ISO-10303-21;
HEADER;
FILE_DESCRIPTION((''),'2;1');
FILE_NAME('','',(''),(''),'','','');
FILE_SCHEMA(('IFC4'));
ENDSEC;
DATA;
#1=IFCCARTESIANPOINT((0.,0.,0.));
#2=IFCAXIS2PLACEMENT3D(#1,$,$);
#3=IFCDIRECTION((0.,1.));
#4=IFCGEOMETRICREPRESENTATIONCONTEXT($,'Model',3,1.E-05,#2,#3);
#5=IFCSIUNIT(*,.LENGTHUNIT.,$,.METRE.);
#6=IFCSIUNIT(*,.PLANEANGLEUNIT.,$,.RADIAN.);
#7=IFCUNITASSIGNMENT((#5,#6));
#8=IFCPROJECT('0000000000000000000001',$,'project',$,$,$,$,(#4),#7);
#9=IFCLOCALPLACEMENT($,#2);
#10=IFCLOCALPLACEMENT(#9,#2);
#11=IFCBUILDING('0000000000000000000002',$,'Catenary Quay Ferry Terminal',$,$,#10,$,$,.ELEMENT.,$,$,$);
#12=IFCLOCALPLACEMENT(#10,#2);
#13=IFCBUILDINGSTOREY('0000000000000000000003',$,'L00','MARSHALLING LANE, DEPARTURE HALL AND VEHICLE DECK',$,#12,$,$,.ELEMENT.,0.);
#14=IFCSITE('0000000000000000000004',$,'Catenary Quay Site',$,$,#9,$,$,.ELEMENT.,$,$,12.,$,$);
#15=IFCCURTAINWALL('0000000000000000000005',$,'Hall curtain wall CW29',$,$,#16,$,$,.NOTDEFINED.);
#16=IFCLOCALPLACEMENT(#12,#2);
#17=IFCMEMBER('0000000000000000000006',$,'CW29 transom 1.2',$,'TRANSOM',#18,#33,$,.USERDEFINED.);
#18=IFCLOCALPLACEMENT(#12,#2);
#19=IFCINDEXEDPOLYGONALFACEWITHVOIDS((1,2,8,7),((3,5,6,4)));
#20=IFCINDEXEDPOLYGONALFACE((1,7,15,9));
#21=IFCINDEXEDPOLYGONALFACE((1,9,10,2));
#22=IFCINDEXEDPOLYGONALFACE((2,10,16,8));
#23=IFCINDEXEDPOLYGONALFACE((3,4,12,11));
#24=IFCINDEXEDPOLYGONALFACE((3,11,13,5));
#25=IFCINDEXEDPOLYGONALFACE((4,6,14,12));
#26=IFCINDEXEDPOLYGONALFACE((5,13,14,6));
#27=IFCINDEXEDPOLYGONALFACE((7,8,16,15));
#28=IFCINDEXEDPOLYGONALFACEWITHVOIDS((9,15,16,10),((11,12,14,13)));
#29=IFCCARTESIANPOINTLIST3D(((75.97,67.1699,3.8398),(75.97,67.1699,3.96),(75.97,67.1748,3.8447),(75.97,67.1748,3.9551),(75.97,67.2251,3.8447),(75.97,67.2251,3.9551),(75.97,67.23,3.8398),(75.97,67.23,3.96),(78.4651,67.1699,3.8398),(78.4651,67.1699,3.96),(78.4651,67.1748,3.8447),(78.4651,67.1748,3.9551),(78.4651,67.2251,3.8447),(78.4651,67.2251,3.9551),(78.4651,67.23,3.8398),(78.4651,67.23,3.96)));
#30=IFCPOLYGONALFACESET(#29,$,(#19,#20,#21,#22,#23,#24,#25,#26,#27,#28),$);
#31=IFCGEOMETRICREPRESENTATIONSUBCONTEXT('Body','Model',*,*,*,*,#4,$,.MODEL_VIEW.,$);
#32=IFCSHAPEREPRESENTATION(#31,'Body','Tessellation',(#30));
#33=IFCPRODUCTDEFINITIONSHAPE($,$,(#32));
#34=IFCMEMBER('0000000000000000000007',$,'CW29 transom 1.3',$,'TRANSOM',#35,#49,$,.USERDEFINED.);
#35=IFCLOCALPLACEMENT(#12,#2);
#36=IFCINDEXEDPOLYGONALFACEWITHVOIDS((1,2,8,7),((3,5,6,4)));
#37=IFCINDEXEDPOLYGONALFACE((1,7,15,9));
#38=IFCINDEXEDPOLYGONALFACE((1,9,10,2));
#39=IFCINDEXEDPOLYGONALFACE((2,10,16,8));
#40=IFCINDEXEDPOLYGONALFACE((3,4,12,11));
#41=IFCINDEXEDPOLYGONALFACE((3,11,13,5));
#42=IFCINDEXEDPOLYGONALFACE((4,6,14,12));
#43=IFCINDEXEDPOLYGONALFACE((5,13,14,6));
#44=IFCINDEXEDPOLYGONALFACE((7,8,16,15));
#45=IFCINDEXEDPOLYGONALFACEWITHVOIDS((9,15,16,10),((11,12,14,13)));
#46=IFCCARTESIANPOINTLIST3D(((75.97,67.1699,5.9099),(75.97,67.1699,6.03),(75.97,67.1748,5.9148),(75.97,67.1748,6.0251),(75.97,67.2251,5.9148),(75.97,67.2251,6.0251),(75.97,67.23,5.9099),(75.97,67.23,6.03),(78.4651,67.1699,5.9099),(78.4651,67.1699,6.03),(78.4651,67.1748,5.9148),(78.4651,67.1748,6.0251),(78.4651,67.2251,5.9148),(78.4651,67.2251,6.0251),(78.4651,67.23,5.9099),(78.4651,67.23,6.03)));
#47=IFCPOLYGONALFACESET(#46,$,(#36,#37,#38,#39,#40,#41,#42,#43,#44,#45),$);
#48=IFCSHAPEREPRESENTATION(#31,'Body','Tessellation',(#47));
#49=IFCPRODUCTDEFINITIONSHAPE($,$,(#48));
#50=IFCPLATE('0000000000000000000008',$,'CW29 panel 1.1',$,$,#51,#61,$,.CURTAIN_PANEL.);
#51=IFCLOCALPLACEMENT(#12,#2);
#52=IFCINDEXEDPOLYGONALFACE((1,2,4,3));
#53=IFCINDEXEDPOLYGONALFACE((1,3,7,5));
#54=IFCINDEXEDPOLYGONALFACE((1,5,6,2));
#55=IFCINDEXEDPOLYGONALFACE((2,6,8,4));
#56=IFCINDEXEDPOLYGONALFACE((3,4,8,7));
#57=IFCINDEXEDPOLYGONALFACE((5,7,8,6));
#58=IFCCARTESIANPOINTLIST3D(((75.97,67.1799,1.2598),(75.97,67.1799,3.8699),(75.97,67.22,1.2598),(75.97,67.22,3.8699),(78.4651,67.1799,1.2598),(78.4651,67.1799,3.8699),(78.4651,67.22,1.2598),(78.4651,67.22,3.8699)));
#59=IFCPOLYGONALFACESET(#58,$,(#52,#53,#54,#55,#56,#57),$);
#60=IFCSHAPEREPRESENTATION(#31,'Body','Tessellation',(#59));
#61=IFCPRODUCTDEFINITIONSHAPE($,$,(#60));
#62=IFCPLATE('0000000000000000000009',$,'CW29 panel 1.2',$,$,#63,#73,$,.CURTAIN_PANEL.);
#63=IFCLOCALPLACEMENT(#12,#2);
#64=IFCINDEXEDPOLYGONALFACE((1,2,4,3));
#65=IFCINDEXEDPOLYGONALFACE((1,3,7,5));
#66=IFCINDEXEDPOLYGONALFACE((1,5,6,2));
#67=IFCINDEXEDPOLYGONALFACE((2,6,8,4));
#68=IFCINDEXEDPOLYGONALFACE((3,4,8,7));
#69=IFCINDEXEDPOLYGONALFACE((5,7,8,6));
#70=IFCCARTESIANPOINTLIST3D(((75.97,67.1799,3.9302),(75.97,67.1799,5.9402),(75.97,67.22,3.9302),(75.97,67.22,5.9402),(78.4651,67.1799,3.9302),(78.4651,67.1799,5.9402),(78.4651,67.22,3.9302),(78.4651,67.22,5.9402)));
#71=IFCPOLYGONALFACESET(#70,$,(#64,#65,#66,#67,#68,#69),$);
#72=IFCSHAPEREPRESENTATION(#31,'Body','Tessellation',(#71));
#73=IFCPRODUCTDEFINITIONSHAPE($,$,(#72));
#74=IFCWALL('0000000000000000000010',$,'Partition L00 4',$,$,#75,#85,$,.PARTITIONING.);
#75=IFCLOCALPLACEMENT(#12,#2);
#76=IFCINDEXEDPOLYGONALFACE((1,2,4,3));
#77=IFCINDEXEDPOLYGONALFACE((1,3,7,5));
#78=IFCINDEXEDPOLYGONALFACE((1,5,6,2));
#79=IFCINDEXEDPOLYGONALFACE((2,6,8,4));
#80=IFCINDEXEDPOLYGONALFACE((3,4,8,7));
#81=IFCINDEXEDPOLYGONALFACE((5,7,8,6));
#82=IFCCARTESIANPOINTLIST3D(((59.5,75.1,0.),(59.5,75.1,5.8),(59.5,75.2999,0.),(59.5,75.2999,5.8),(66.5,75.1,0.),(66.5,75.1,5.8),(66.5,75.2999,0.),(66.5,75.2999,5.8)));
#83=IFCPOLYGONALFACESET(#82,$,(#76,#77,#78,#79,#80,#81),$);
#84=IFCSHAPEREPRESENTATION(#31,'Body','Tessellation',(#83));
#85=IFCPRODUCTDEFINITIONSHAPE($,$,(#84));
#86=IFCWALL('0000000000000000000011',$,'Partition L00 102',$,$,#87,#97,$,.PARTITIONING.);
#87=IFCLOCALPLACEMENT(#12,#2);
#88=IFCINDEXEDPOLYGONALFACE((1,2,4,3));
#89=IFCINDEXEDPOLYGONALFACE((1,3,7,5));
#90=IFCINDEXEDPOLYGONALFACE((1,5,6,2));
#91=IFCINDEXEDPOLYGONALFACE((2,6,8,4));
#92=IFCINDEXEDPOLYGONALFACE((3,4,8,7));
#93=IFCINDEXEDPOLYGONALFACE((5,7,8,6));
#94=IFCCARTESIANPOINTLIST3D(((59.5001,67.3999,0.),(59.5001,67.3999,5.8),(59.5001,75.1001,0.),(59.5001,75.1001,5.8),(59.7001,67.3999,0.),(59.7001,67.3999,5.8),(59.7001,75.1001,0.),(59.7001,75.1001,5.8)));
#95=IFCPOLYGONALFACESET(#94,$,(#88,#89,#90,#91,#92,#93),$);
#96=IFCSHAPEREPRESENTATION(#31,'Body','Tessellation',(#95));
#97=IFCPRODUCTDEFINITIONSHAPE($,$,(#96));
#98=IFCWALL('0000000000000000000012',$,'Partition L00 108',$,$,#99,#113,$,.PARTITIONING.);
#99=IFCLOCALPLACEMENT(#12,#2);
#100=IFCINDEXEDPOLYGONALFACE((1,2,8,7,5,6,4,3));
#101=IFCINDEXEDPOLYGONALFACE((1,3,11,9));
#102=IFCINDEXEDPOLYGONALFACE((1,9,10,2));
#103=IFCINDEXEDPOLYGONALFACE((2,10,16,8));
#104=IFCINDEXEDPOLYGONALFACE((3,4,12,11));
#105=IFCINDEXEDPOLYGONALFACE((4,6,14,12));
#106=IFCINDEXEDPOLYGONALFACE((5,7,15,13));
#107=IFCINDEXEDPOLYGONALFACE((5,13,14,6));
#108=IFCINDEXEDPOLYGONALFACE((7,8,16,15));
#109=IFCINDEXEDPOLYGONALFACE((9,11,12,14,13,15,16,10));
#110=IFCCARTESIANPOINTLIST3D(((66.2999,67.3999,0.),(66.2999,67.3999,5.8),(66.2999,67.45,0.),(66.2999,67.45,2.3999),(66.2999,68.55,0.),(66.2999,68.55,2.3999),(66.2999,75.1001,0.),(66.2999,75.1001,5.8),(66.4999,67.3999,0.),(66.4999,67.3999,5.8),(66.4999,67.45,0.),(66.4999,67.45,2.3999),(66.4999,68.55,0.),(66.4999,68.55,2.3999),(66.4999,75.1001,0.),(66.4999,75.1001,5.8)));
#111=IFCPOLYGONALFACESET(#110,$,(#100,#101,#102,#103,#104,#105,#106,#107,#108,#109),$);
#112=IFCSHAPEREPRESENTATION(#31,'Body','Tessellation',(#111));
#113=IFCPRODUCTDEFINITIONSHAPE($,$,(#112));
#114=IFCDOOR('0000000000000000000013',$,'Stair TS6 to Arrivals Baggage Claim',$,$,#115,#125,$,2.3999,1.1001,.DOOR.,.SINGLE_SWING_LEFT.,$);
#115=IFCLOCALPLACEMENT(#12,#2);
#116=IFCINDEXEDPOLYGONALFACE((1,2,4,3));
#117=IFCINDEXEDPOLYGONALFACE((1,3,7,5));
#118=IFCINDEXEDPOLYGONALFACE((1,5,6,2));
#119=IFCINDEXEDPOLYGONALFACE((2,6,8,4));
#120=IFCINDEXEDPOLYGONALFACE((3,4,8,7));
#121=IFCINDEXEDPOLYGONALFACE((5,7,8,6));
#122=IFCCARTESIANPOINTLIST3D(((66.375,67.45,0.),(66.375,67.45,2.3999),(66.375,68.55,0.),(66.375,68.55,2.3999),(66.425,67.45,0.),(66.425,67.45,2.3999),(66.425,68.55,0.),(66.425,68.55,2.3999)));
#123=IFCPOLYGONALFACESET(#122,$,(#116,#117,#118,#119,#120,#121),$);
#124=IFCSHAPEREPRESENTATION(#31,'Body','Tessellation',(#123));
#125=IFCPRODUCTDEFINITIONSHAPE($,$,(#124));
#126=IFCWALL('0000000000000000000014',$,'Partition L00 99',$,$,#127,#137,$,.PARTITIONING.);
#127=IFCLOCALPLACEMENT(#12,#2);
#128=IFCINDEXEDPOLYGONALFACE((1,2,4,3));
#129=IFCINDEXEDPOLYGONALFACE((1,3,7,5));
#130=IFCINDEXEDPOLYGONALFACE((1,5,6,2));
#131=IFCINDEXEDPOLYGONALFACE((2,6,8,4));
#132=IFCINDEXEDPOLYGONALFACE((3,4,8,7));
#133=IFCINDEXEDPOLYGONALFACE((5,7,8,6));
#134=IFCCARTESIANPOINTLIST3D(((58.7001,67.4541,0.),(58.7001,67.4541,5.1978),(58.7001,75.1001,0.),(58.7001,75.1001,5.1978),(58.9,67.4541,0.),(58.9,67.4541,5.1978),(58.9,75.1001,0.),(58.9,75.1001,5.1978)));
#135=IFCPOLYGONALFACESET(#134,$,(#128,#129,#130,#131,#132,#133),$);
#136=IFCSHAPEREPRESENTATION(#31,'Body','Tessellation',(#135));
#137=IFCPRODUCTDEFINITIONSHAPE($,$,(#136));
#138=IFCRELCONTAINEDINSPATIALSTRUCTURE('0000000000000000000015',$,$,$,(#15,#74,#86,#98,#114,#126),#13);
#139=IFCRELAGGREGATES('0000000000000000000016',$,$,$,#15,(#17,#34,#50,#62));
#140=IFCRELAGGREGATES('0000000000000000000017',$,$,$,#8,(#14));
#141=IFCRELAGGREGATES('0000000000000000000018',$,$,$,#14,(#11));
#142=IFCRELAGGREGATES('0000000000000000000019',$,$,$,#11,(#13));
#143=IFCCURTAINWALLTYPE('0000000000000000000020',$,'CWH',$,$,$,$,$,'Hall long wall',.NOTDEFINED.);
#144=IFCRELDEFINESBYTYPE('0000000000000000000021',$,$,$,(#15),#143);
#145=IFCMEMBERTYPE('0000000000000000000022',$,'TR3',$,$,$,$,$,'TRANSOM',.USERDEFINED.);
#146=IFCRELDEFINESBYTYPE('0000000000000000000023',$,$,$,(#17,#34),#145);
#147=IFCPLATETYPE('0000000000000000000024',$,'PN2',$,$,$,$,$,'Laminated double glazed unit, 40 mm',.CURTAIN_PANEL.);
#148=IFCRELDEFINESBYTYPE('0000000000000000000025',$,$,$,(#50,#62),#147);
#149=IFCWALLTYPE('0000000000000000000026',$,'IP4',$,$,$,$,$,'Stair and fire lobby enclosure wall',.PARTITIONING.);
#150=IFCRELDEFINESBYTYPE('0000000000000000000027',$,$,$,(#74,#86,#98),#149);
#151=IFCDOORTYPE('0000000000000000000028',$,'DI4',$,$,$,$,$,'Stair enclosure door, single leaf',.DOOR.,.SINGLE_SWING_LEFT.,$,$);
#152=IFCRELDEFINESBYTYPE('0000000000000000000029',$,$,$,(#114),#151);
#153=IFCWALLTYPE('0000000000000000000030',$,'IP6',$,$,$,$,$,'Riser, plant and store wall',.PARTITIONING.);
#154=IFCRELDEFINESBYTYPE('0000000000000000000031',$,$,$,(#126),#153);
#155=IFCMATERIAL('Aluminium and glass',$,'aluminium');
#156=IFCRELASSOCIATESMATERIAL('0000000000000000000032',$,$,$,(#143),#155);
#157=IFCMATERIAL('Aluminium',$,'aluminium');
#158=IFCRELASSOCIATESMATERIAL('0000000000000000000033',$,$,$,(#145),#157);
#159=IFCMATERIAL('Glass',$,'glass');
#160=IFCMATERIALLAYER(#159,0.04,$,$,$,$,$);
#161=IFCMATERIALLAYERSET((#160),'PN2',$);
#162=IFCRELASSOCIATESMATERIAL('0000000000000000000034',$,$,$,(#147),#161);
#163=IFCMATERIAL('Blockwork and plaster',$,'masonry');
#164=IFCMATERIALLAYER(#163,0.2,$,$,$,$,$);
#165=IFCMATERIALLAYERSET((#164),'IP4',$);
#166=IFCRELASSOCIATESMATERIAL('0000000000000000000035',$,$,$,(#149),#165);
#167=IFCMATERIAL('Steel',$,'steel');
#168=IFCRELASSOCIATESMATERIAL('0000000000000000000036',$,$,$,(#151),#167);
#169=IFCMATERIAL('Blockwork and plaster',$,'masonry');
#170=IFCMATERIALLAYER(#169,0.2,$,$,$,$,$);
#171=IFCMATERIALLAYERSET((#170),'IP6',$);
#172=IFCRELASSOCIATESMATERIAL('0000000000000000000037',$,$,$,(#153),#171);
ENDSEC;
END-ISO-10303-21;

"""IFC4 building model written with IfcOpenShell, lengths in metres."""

from ifc_helpers import new_model, si_unit, direction, frame, frame_2d, origin, origin_2d, place, context, subcontext, project, spatial, rectangle, hollow_rectangle, extrude, material, layer, layer_set, material_profile, profile_set, type_object, element, fill, aggregate, save


model = new_model("IFC4")

# Units and contexts
model_context = context("Model", 3, precision=1e-05, world=origin(), true_north=direction((0.0, 1.0)))
body_context = subcontext(model_context, "Body", "Model", "MODEL_VIEW")
ifc_project = project(units=[si_unit("LENGTHUNIT", "METRE"), si_unit("PLANEANGLEUNIT", "RADIAN")], contexts=[model_context])

# Site, building, storey
site_placement = place(None, origin())
site = spatial("IfcSite", under=ifc_project, at=site_placement, Name="Catenary Quay Site", CompositionType="ELEMENT", RefElevation=12.0)
building_placement = place(site_placement, origin())
building = spatial("IfcBuilding", under=site, at=building_placement, Name="Catenary Quay Ferry Terminal", CompositionType="ELEMENT")
storey_placement = place(building_placement, origin())
storey = spatial("IfcBuildingStorey", under=building, at=storey_placement, Name="L00", Description="MARSHALLING LANE, DEPARTURE HALL AND VEHICLE DECK", CompositionType="ELEMENT", Elevation=0.0)

# Curtain wall, members, plates
ifc_material_1 = material(Name="Aluminium and glass", Category="aluminium")
curtain_wall_type = type_object("IfcCurtainWallType", Name="CWH", ElementType="Hall long wall", PredefinedType="NOTDEFINED", material=ifc_material_1)
curtain_wall_placement = place(storey_placement, origin())
curtain_wall = element("IfcCurtainWall", 1, at=curtain_wall_placement, inside=storey, type_object=curtain_wall_type, Name="Hall curtain wall CW29", PredefinedType="NOTDEFINED")
ifc_material_2 = material(Name="Aluminium", Category="aluminium")
ifc_material_profile_1 = material_profile(ifc_material_2, hollow_rectangle(XDim=0.0601, YDim=0.1201, WallThickness=0.0049, at=origin_2d()), Name="TR3")
ifc_profile_set_1 = profile_set([ifc_material_profile_1], Name="Aluminium")
member_type = type_object("IfcMemberType", Name="TR3", ElementType="TRANSOM", PredefinedType="USERDEFINED", material=ifc_profile_set_1)
member_1_placement = place(storey_placement, frame((75.97, 67.2, 3.8999), z_axis=(1.0, 0.0, 0.0), x_axis=(0.0, 1.0, 0.0)))
member_1 = element("IfcMember", 2, at=member_1_placement, type_object=member_type, Name="CW29 transom 1.2", ObjectType="TRANSOM", PredefinedType="USERDEFINED", context=body_context, shape_type="SweptSolid", body=[
    extrude(hollow_rectangle(XDim=0.0601, YDim=0.1201, WallThickness=0.0049, at=origin_2d()), origin(), (0.0, 0.0, 1.0), 2.4951),
])
member_2_placement = place(storey_placement, frame((75.97, 67.2, 5.97), z_axis=(1.0, 0.0, 0.0), x_axis=(0.0, 1.0, 0.0)))
member_2 = element("IfcMember", 3, at=member_2_placement, type_object=member_type, Name="CW29 transom 1.3", ObjectType="TRANSOM", PredefinedType="USERDEFINED", context=body_context, shape_type="SweptSolid", body=[
    extrude(hollow_rectangle(XDim=0.0601, YDim=0.1201, WallThickness=0.0049, at=origin_2d()), origin(), (0.0, 0.0, 1.0), 2.4951),
])
ifc_material_3 = material(Name="Glass", Category="glass")
ifc_layer_1 = layer(ifc_material_3, 0.04)
ifc_layer_set_1 = layer_set([ifc_layer_1], Name="PN2")
plate_type = type_object("IfcPlateType", Name="PN2", ElementType="Laminated double glazed unit, 40 mm", PredefinedType="CURTAIN_PANEL", material=ifc_layer_set_1)
plate_1_placement = place(storey_placement, frame((77.2175, 67.2, 1.2598), z_axis=(0.0, 0.0, 1.0), x_axis=(1.0, 0.0, 0.0)))
plate_1 = element("IfcPlate", 4, at=plate_1_placement, type_object=plate_type, Name="CW29 panel 1.1", PredefinedType="CURTAIN_PANEL", context=body_context, shape_type="SweptSolid", body=[
    extrude(rectangle(XDim=2.4951, YDim=0.04, at=origin_2d()), origin(), (0.0, 0.0, 1.0), 2.6101),
])
plate_2_placement = place(storey_placement, frame((77.2175, 67.2, 3.9302), z_axis=(0.0, 0.0, 1.0), x_axis=(1.0, 0.0, 0.0)))
plate_2 = element("IfcPlate", 5, at=plate_2_placement, type_object=plate_type, Name="CW29 panel 1.2", PredefinedType="CURTAIN_PANEL", context=body_context, shape_type="SweptSolid", body=[
    extrude(rectangle(XDim=2.4951, YDim=0.04, at=origin_2d()), origin(), (0.0, 0.0, 1.0), 2.01),
])
aggregate(curtain_wall, [member_1, member_2, plate_1, plate_2])

# Walls
ifc_material_4 = material(Name="Blockwork and plaster", Category="masonry")
ifc_layer_2 = layer(ifc_material_4, 0.2)
ifc_layer_set_2 = layer_set([ifc_layer_2], Name="IP4")
wall_type_1 = type_object("IfcWallType", Name="IP4", ElementType="Stair and fire lobby enclosure wall", PredefinedType="PARTITIONING", material=ifc_layer_set_2)
wall_1_placement = place(storey_placement, frame((59.5, 75.2, 0.0), z_axis=(0.0, 0.0, 1.0), x_axis=(1.0, 0.0, 0.0)))
element("IfcWall", 6, at=wall_1_placement, inside=storey, type_object=wall_type_1, Name="Partition L00 4", PredefinedType="PARTITIONING", context=body_context, shape_type="SweptSolid", body=[
    extrude(rectangle(XDim=7.0, YDim=0.2, at=frame_2d((3.5, 0.0))), origin(), (0.0, 0.0, 1.0), 5.8),
])
wall_2_placement = place(storey_placement, frame((59.6001, 67.3999, 0.0), z_axis=(0.0, 0.0, 1.0), x_axis=(0.0, 1.0, 0.0)))
element("IfcWall", 7, at=wall_2_placement, inside=storey, type_object=wall_type_1, Name="Partition L00 102", PredefinedType="PARTITIONING", context=body_context, shape_type="SweptSolid", body=[
    extrude(rectangle(XDim=7.7002, YDim=0.2, at=frame_2d((3.8501, 0.0))), origin(), (0.0, 0.0, 1.0), 5.8),
])

# Wall, opening, door
wall_3_placement = place(storey_placement, frame((66.3999, 67.3999, 0.0), z_axis=(0.0, 0.0, 1.0), x_axis=(0.0, 1.0, 0.0)))
wall_3 = element("IfcWall", 8, at=wall_3_placement, inside=storey, type_object=wall_type_1, Name="Partition L00 108", PredefinedType="PARTITIONING", context=body_context, shape_type="SweptSolid", body=[
    extrude(rectangle(XDim=7.7002, YDim=0.2, at=frame_2d((3.8501, 0.0))), origin(), (0.0, 0.0, 1.0), 5.8),
])
opening_placement = place(wall_3_placement, frame((0.05, 0.0, 0.0)))
opening = element("IfcOpeningElement", 9, at=opening_placement, cuts=wall_3, PredefinedType="OPENING", context=body_context, shape_type="SweptSolid", body=[
    extrude(rectangle(XDim=1.1001, YDim=2.3999, at=frame_2d((0.55, 1.2))), frame((0.0, 0.1099, 0.0), z_axis=(0.0, -1.0, 0.0), x_axis=(1.0, 0.0, 0.0)), (0.0, 0.0, 1.0), 0.22),
])
ifc_material_5 = material(Name="Steel", Category="steel")
door_type = type_object("IfcDoorType", Name="DI4", ElementType="Stair enclosure door, single leaf", OperationType="SINGLE_SWING_LEFT", PredefinedType="DOOR", material=ifc_material_5)
door_placement = place(opening_placement, origin())
door = element("IfcDoor", 10, at=door_placement, inside=storey, type_object=door_type, Name="Stair TS6 to Arrivals Baggage Claim", OperationType="SINGLE_SWING_LEFT", OverallHeight=2.3999, OverallWidth=1.1001, PredefinedType="DOOR", context=body_context, shape_type="SweptSolid", body=[
    extrude(rectangle(XDim=1.1001, YDim=2.3999, at=frame_2d((0.55, 1.2))), frame((0.0, 0.0249, 0.0), z_axis=(0.0, -1.0, 0.0), x_axis=(1.0, 0.0, 0.0)), (0.0, 0.0, 1.0), 0.05),
])
fill(opening, door)

# Wall
ifc_material_6 = material(Name="Blockwork and plaster", Category="masonry")
ifc_layer_3 = layer(ifc_material_6, 0.2)
ifc_layer_set_3 = layer_set([ifc_layer_3], Name="IP6")
wall_type_2 = type_object("IfcWallType", Name="IP6", ElementType="Riser, plant and store wall", PredefinedType="PARTITIONING", material=ifc_layer_set_3)
wall_4_placement = place(storey_placement, frame((58.8, 67.4541, 0.0), z_axis=(0.0, 0.0, 1.0), x_axis=(0.0, 1.0, 0.0)))
element("IfcWall", 11, at=wall_4_placement, inside=storey, type_object=wall_type_2, Name="Partition L00 99", PredefinedType="PARTITIONING", context=body_context, shape_type="SweptSolid", body=[
    extrude(rectangle(XDim=7.646, YDim=0.2, at=frame_2d((3.823, 0.0))), origin(), (0.0, 0.0, 1.0), 5.1978),
])

save(model, "model.ifc")
